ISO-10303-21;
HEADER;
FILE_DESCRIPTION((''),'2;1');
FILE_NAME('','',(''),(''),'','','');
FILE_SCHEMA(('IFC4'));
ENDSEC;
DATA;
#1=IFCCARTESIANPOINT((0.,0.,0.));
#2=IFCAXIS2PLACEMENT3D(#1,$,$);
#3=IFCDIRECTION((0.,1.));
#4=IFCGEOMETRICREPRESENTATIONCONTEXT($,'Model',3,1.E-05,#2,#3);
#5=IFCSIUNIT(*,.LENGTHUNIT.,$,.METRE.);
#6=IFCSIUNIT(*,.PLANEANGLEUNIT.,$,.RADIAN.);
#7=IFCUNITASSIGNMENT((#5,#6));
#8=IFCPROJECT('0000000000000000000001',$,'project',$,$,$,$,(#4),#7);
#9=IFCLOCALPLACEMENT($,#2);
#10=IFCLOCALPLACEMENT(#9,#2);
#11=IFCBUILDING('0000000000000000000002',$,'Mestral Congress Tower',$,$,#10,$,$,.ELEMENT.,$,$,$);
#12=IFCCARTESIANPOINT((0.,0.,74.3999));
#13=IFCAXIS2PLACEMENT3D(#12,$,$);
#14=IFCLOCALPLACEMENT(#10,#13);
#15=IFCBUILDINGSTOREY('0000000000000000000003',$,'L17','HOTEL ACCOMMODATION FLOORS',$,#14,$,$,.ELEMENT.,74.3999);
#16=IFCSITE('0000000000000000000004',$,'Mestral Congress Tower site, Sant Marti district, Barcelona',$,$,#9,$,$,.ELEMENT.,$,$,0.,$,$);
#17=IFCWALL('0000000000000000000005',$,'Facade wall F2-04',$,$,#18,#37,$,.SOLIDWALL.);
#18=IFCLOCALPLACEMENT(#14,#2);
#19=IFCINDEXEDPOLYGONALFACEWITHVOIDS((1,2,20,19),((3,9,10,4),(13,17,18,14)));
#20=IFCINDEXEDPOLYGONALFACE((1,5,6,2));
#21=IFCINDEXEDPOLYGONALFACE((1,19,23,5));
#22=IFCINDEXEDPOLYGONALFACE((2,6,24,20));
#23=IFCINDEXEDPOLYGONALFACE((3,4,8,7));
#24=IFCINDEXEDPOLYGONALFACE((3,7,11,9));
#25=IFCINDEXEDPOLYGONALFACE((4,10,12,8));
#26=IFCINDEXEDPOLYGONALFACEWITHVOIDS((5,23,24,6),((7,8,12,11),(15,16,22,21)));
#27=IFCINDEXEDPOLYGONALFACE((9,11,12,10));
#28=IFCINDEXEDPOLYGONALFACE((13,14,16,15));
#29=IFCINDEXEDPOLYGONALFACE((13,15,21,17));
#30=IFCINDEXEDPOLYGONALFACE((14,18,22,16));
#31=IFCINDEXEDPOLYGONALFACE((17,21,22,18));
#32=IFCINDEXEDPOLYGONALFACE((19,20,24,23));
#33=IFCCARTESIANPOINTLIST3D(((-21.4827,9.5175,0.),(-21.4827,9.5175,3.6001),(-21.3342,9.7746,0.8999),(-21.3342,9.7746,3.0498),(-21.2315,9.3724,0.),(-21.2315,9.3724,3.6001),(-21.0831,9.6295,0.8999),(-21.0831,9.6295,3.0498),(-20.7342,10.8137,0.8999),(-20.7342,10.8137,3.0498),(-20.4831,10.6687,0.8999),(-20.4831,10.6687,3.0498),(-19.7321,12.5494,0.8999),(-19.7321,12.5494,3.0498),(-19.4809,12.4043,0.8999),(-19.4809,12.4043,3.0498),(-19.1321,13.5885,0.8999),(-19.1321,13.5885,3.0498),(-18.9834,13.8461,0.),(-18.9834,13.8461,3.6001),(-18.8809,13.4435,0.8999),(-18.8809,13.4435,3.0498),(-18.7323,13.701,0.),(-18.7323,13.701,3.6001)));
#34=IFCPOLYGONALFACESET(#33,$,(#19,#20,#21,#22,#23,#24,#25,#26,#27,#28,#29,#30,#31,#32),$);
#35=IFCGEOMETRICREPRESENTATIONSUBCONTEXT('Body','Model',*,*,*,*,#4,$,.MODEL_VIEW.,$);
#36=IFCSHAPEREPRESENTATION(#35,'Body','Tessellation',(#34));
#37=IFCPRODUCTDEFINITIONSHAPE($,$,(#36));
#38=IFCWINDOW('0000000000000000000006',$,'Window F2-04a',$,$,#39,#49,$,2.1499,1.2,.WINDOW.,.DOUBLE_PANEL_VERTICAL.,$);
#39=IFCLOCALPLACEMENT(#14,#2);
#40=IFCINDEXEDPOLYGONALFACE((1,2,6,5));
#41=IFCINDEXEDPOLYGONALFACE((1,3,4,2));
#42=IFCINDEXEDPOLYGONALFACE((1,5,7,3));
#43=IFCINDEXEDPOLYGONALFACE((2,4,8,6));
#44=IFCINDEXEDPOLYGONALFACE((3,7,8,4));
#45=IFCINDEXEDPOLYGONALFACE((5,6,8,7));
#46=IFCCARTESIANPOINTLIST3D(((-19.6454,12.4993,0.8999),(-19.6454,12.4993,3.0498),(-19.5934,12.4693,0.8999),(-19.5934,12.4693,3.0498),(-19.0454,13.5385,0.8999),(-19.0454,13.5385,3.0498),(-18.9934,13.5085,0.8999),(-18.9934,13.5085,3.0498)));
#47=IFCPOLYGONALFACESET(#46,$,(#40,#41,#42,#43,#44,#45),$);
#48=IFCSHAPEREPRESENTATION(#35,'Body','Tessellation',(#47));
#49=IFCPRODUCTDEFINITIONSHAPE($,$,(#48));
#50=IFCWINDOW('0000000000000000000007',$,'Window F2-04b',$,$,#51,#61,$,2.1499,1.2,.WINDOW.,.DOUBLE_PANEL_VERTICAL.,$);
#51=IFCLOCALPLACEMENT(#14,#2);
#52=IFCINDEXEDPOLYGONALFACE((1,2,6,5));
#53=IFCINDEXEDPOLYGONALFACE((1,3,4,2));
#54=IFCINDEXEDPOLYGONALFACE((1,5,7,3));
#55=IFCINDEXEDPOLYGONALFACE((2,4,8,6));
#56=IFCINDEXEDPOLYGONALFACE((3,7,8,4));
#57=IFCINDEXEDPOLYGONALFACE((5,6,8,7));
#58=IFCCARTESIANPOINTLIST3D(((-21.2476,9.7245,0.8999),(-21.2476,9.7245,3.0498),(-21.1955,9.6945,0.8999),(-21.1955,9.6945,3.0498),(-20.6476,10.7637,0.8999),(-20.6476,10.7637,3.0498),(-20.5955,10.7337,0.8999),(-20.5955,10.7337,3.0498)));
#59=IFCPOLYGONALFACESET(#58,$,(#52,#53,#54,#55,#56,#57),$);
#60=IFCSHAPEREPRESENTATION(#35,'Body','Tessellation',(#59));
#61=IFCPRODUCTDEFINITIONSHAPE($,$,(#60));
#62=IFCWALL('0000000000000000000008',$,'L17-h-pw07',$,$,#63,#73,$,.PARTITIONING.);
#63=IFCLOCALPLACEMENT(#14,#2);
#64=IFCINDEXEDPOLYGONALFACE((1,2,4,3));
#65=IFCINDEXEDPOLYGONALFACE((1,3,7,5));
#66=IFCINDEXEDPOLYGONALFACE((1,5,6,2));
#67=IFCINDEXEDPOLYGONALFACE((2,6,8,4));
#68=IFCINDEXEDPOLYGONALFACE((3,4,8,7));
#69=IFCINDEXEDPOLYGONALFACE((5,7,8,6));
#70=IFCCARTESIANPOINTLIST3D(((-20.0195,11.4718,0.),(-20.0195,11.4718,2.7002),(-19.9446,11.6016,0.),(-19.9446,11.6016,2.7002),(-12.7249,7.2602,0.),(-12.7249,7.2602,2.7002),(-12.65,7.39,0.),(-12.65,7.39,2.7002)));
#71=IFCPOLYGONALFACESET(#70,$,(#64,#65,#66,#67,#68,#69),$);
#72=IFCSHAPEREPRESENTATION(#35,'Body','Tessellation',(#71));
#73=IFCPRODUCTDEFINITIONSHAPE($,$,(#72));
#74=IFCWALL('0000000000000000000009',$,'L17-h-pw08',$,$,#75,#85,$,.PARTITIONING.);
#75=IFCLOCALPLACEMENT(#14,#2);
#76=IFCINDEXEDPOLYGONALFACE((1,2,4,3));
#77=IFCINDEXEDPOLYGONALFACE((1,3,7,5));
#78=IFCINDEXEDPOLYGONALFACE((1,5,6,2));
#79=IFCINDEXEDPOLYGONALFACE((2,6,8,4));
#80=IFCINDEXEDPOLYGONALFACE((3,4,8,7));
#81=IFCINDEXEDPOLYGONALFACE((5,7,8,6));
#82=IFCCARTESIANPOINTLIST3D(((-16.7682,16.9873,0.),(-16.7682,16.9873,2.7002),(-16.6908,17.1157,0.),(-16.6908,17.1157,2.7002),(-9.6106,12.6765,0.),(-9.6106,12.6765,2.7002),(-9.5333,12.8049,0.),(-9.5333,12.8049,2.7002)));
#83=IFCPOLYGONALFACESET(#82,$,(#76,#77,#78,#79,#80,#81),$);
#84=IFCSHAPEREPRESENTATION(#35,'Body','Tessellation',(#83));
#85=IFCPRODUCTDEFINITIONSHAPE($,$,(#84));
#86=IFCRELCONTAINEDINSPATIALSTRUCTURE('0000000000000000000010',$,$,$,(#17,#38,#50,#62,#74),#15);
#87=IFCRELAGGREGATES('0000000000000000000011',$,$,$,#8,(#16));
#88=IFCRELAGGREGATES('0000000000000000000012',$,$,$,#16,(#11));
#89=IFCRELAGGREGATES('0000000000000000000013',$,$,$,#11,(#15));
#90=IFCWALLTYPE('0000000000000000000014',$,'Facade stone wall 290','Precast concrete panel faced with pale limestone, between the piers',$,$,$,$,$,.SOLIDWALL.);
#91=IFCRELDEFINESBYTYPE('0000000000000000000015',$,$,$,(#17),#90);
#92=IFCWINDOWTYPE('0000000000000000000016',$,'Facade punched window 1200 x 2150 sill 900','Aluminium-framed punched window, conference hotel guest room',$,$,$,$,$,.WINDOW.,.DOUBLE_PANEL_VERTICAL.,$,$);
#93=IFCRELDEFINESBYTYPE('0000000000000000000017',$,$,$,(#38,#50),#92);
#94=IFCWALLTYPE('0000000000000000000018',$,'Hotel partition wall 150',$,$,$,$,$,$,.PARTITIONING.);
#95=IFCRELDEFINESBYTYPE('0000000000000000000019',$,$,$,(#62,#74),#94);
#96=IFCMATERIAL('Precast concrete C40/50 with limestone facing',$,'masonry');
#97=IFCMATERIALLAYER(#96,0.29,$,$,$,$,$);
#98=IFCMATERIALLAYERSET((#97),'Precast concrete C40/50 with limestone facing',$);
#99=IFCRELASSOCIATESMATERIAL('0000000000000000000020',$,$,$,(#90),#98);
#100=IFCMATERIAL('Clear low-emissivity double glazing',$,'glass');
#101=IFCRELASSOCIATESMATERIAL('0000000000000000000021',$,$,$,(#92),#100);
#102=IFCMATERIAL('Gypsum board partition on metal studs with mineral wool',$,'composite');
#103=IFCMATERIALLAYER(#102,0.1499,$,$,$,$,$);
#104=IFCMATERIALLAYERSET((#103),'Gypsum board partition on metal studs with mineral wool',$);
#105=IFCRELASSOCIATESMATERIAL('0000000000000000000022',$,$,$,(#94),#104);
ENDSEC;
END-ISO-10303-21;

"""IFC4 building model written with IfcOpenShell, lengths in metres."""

from ifc_helpers import new_model, si_unit, direction, frame, frame_2d, origin, place, context, subcontext, project, spatial, rectangle, extrude, material, layer, layer_set, type_object, element, fill, save


model = new_model("IFC4")

# Units and contexts
model_context = context("Model", 3, precision=1e-05, world=origin(), true_north=direction((0.0, 1.0)))
body_context = subcontext(model_context, "Body", "Model", "MODEL_VIEW")
ifc_project = project(units=[si_unit("LENGTHUNIT", "METRE"), si_unit("PLANEANGLEUNIT", "RADIAN")], contexts=[model_context])

# Site, building, storey
site_placement = place(None, origin())
site = spatial("IfcSite", under=ifc_project, at=site_placement, Name="Mestral Congress Tower site, Sant Marti district, Barcelona", CompositionType="ELEMENT", RefElevation=0.0)
building_placement = place(site_placement, origin())
building = spatial("IfcBuilding", under=site, at=building_placement, Name="Mestral Congress Tower", CompositionType="ELEMENT")
storey_placement = place(building_placement, frame((0.0, 0.0, 74.3999)))
storey = spatial("IfcBuildingStorey", under=building, at=storey_placement, Name="L17", Description="HOTEL ACCOMMODATION FLOORS", CompositionType="ELEMENT", Elevation=74.3999)

# Wall, openings, windows
ifc_material_1 = material(Name="Precast concrete C40/50 with limestone facing", Category="masonry")
ifc_layer_1 = layer(ifc_material_1, 0.29)
ifc_layer_set_1 = layer_set([ifc_layer_1], Name="Precast concrete C40/50 with limestone facing")
wall_type_1 = type_object("IfcWallType", Name="Facade stone wall 290", Description="Precast concrete panel faced with pale limestone, between the piers", PredefinedType="SOLIDWALL", material=ifc_layer_set_1)
ifc_material_2 = material(Name="Clear low-emissivity double glazing", Category="glass")
window_type = type_object("IfcWindowType", Name="Facade punched window 1200 x 2150 sill 900", Description="Aluminium-framed punched window, conference hotel guest room", PartitioningType="DOUBLE_PANEL_VERTICAL", PredefinedType="WINDOW", material=ifc_material_2)
wall_1_placement = place(storey_placement, frame((-18.8579, 13.7734, 0.0), z_axis=(0.0, 0.0, 1.0), x_axis=(-0.500021, -0.866013, 0.0)))
wall_1 = element("IfcWall", 1, at=wall_1_placement, inside=storey, type_object=wall_type_1, Name="Facade wall F2-04", PredefinedType="SOLIDWALL", context=body_context, shape_type="SweptSolid", body=[
    extrude(rectangle(XDim=4.9983, YDim=0.29, at=frame_2d((2.499, 0.0))), origin(), (0.0, 0.0, 1.0), 3.6001),
])
opening_1_placement = place(wall_1_placement, frame((0.2971, 0.0, 0.8999)))
opening_1 = element("IfcOpeningElement", 2, at=opening_1_placement, cuts=wall_1, PredefinedType="OPENING", context=body_context, shape_type="SweptSolid", body=[
    extrude(rectangle(XDim=1.2, YDim=2.1499, at=frame_2d((0.6001, 1.075))), frame((0.0, 0.155, 0.0), z_axis=(0.0, -1.0, 0.0), x_axis=(1.0, 0.0, 0.0)), (0.0, 0.0, 1.0), 0.3101),
])
opening_2_placement = place(wall_1_placement, frame((3.5012, 0.0, 0.8999)))
opening_2 = element("IfcOpeningElement", 3, at=opening_2_placement, cuts=wall_1, PredefinedType="OPENING", context=body_context, shape_type="SweptSolid", body=[
    extrude(rectangle(XDim=1.2, YDim=2.1499, at=frame_2d((0.6001, 1.075))), frame((0.0, 0.155, 0.0), z_axis=(0.0, -1.0, 0.0), x_axis=(1.0, 0.0, 0.0)), (0.0, 0.0, 1.0), 0.3101),
])
window_1_placement = place(opening_1_placement, origin())
window_1 = element("IfcWindow", 4, at=window_1_placement, inside=storey, type_object=window_type, Name="Window F2-04a", OverallHeight=2.1499, OverallWidth=1.2, PartitioningType="DOUBLE_PANEL_VERTICAL", PredefinedType="WINDOW", context=body_context, shape_type="SweptSolid", body=[
    extrude(rectangle(XDim=1.2, YDim=2.1499, at=frame_2d((0.6001, 1.075))), frame((0.0, 0.0151, 0.0), z_axis=(0.0, -1.0, 0.0), x_axis=(1.0, 0.0, 0.0)), (0.0, 0.0, 1.0), 0.0601),
])
fill(opening_1, window_1)
window_2_placement = place(opening_2_placement, origin())
window_2 = element("IfcWindow", 5, at=window_2_placement, inside=storey, type_object=window_type, Name="Window F2-04b", OverallHeight=2.1499, OverallWidth=1.2, PartitioningType="DOUBLE_PANEL_VERTICAL", PredefinedType="WINDOW", context=body_context, shape_type="SweptSolid", body=[
    extrude(rectangle(XDim=1.2, YDim=2.1499, at=frame_2d((0.6001, 1.075))), frame((0.0, 0.0151, 0.0), z_axis=(0.0, -1.0, 0.0), x_axis=(1.0, 0.0, 0.0)), (0.0, 0.0, 1.0), 0.0601),
])
fill(opening_2, window_2)

# Walls
ifc_material_3 = material(Name="Gypsum board partition on metal studs with mineral wool", Category="composite")
ifc_layer_2 = layer(ifc_material_3, 0.1499)
ifc_layer_set_2 = layer_set([ifc_layer_2], Name="Gypsum board partition on metal studs with mineral wool")
wall_type_2 = type_object("IfcWallType", Name="Hotel partition wall 150", PredefinedType="PARTITIONING", material=ifc_layer_set_2)
wall_2_placement = place(storey_placement, frame((-19.9819, 11.5366, 0.0), z_axis=(0.0, 0.0, 1.0), x_axis=(0.866021, -0.500008, 0.0)))
element("IfcWall", 6, at=wall_2_placement, inside=storey, type_object=wall_type_2, Name="L17-h-pw07", PredefinedType="PARTITIONING", context=body_context, shape_type="SweptSolid", body=[
    extrude(rectangle(XDim=8.4231, YDim=0.1499, at=frame_2d((4.2114, 0.0))), origin(), (0.0, 0.0, 1.0), 2.7002),
])
wall_3_placement = place(storey_placement, frame((-16.7295, 17.0515, 0.0), z_axis=(0.0, 0.0, 1.0), x_axis=(0.856631, -0.51593, 0.0)))
element("IfcWall", 7, at=wall_3_placement, inside=storey, type_object=wall_type_2, Name="L17-h-pw08", PredefinedType="PARTITIONING", context=body_context, shape_type="SweptSolid", body=[
    extrude(rectangle(XDim=8.3555, YDim=0.1499, at=frame_2d((4.1777, 0.0))), origin(), (0.0, 0.0, 1.0), 2.7002),
])

save(model, "model.ifc")
